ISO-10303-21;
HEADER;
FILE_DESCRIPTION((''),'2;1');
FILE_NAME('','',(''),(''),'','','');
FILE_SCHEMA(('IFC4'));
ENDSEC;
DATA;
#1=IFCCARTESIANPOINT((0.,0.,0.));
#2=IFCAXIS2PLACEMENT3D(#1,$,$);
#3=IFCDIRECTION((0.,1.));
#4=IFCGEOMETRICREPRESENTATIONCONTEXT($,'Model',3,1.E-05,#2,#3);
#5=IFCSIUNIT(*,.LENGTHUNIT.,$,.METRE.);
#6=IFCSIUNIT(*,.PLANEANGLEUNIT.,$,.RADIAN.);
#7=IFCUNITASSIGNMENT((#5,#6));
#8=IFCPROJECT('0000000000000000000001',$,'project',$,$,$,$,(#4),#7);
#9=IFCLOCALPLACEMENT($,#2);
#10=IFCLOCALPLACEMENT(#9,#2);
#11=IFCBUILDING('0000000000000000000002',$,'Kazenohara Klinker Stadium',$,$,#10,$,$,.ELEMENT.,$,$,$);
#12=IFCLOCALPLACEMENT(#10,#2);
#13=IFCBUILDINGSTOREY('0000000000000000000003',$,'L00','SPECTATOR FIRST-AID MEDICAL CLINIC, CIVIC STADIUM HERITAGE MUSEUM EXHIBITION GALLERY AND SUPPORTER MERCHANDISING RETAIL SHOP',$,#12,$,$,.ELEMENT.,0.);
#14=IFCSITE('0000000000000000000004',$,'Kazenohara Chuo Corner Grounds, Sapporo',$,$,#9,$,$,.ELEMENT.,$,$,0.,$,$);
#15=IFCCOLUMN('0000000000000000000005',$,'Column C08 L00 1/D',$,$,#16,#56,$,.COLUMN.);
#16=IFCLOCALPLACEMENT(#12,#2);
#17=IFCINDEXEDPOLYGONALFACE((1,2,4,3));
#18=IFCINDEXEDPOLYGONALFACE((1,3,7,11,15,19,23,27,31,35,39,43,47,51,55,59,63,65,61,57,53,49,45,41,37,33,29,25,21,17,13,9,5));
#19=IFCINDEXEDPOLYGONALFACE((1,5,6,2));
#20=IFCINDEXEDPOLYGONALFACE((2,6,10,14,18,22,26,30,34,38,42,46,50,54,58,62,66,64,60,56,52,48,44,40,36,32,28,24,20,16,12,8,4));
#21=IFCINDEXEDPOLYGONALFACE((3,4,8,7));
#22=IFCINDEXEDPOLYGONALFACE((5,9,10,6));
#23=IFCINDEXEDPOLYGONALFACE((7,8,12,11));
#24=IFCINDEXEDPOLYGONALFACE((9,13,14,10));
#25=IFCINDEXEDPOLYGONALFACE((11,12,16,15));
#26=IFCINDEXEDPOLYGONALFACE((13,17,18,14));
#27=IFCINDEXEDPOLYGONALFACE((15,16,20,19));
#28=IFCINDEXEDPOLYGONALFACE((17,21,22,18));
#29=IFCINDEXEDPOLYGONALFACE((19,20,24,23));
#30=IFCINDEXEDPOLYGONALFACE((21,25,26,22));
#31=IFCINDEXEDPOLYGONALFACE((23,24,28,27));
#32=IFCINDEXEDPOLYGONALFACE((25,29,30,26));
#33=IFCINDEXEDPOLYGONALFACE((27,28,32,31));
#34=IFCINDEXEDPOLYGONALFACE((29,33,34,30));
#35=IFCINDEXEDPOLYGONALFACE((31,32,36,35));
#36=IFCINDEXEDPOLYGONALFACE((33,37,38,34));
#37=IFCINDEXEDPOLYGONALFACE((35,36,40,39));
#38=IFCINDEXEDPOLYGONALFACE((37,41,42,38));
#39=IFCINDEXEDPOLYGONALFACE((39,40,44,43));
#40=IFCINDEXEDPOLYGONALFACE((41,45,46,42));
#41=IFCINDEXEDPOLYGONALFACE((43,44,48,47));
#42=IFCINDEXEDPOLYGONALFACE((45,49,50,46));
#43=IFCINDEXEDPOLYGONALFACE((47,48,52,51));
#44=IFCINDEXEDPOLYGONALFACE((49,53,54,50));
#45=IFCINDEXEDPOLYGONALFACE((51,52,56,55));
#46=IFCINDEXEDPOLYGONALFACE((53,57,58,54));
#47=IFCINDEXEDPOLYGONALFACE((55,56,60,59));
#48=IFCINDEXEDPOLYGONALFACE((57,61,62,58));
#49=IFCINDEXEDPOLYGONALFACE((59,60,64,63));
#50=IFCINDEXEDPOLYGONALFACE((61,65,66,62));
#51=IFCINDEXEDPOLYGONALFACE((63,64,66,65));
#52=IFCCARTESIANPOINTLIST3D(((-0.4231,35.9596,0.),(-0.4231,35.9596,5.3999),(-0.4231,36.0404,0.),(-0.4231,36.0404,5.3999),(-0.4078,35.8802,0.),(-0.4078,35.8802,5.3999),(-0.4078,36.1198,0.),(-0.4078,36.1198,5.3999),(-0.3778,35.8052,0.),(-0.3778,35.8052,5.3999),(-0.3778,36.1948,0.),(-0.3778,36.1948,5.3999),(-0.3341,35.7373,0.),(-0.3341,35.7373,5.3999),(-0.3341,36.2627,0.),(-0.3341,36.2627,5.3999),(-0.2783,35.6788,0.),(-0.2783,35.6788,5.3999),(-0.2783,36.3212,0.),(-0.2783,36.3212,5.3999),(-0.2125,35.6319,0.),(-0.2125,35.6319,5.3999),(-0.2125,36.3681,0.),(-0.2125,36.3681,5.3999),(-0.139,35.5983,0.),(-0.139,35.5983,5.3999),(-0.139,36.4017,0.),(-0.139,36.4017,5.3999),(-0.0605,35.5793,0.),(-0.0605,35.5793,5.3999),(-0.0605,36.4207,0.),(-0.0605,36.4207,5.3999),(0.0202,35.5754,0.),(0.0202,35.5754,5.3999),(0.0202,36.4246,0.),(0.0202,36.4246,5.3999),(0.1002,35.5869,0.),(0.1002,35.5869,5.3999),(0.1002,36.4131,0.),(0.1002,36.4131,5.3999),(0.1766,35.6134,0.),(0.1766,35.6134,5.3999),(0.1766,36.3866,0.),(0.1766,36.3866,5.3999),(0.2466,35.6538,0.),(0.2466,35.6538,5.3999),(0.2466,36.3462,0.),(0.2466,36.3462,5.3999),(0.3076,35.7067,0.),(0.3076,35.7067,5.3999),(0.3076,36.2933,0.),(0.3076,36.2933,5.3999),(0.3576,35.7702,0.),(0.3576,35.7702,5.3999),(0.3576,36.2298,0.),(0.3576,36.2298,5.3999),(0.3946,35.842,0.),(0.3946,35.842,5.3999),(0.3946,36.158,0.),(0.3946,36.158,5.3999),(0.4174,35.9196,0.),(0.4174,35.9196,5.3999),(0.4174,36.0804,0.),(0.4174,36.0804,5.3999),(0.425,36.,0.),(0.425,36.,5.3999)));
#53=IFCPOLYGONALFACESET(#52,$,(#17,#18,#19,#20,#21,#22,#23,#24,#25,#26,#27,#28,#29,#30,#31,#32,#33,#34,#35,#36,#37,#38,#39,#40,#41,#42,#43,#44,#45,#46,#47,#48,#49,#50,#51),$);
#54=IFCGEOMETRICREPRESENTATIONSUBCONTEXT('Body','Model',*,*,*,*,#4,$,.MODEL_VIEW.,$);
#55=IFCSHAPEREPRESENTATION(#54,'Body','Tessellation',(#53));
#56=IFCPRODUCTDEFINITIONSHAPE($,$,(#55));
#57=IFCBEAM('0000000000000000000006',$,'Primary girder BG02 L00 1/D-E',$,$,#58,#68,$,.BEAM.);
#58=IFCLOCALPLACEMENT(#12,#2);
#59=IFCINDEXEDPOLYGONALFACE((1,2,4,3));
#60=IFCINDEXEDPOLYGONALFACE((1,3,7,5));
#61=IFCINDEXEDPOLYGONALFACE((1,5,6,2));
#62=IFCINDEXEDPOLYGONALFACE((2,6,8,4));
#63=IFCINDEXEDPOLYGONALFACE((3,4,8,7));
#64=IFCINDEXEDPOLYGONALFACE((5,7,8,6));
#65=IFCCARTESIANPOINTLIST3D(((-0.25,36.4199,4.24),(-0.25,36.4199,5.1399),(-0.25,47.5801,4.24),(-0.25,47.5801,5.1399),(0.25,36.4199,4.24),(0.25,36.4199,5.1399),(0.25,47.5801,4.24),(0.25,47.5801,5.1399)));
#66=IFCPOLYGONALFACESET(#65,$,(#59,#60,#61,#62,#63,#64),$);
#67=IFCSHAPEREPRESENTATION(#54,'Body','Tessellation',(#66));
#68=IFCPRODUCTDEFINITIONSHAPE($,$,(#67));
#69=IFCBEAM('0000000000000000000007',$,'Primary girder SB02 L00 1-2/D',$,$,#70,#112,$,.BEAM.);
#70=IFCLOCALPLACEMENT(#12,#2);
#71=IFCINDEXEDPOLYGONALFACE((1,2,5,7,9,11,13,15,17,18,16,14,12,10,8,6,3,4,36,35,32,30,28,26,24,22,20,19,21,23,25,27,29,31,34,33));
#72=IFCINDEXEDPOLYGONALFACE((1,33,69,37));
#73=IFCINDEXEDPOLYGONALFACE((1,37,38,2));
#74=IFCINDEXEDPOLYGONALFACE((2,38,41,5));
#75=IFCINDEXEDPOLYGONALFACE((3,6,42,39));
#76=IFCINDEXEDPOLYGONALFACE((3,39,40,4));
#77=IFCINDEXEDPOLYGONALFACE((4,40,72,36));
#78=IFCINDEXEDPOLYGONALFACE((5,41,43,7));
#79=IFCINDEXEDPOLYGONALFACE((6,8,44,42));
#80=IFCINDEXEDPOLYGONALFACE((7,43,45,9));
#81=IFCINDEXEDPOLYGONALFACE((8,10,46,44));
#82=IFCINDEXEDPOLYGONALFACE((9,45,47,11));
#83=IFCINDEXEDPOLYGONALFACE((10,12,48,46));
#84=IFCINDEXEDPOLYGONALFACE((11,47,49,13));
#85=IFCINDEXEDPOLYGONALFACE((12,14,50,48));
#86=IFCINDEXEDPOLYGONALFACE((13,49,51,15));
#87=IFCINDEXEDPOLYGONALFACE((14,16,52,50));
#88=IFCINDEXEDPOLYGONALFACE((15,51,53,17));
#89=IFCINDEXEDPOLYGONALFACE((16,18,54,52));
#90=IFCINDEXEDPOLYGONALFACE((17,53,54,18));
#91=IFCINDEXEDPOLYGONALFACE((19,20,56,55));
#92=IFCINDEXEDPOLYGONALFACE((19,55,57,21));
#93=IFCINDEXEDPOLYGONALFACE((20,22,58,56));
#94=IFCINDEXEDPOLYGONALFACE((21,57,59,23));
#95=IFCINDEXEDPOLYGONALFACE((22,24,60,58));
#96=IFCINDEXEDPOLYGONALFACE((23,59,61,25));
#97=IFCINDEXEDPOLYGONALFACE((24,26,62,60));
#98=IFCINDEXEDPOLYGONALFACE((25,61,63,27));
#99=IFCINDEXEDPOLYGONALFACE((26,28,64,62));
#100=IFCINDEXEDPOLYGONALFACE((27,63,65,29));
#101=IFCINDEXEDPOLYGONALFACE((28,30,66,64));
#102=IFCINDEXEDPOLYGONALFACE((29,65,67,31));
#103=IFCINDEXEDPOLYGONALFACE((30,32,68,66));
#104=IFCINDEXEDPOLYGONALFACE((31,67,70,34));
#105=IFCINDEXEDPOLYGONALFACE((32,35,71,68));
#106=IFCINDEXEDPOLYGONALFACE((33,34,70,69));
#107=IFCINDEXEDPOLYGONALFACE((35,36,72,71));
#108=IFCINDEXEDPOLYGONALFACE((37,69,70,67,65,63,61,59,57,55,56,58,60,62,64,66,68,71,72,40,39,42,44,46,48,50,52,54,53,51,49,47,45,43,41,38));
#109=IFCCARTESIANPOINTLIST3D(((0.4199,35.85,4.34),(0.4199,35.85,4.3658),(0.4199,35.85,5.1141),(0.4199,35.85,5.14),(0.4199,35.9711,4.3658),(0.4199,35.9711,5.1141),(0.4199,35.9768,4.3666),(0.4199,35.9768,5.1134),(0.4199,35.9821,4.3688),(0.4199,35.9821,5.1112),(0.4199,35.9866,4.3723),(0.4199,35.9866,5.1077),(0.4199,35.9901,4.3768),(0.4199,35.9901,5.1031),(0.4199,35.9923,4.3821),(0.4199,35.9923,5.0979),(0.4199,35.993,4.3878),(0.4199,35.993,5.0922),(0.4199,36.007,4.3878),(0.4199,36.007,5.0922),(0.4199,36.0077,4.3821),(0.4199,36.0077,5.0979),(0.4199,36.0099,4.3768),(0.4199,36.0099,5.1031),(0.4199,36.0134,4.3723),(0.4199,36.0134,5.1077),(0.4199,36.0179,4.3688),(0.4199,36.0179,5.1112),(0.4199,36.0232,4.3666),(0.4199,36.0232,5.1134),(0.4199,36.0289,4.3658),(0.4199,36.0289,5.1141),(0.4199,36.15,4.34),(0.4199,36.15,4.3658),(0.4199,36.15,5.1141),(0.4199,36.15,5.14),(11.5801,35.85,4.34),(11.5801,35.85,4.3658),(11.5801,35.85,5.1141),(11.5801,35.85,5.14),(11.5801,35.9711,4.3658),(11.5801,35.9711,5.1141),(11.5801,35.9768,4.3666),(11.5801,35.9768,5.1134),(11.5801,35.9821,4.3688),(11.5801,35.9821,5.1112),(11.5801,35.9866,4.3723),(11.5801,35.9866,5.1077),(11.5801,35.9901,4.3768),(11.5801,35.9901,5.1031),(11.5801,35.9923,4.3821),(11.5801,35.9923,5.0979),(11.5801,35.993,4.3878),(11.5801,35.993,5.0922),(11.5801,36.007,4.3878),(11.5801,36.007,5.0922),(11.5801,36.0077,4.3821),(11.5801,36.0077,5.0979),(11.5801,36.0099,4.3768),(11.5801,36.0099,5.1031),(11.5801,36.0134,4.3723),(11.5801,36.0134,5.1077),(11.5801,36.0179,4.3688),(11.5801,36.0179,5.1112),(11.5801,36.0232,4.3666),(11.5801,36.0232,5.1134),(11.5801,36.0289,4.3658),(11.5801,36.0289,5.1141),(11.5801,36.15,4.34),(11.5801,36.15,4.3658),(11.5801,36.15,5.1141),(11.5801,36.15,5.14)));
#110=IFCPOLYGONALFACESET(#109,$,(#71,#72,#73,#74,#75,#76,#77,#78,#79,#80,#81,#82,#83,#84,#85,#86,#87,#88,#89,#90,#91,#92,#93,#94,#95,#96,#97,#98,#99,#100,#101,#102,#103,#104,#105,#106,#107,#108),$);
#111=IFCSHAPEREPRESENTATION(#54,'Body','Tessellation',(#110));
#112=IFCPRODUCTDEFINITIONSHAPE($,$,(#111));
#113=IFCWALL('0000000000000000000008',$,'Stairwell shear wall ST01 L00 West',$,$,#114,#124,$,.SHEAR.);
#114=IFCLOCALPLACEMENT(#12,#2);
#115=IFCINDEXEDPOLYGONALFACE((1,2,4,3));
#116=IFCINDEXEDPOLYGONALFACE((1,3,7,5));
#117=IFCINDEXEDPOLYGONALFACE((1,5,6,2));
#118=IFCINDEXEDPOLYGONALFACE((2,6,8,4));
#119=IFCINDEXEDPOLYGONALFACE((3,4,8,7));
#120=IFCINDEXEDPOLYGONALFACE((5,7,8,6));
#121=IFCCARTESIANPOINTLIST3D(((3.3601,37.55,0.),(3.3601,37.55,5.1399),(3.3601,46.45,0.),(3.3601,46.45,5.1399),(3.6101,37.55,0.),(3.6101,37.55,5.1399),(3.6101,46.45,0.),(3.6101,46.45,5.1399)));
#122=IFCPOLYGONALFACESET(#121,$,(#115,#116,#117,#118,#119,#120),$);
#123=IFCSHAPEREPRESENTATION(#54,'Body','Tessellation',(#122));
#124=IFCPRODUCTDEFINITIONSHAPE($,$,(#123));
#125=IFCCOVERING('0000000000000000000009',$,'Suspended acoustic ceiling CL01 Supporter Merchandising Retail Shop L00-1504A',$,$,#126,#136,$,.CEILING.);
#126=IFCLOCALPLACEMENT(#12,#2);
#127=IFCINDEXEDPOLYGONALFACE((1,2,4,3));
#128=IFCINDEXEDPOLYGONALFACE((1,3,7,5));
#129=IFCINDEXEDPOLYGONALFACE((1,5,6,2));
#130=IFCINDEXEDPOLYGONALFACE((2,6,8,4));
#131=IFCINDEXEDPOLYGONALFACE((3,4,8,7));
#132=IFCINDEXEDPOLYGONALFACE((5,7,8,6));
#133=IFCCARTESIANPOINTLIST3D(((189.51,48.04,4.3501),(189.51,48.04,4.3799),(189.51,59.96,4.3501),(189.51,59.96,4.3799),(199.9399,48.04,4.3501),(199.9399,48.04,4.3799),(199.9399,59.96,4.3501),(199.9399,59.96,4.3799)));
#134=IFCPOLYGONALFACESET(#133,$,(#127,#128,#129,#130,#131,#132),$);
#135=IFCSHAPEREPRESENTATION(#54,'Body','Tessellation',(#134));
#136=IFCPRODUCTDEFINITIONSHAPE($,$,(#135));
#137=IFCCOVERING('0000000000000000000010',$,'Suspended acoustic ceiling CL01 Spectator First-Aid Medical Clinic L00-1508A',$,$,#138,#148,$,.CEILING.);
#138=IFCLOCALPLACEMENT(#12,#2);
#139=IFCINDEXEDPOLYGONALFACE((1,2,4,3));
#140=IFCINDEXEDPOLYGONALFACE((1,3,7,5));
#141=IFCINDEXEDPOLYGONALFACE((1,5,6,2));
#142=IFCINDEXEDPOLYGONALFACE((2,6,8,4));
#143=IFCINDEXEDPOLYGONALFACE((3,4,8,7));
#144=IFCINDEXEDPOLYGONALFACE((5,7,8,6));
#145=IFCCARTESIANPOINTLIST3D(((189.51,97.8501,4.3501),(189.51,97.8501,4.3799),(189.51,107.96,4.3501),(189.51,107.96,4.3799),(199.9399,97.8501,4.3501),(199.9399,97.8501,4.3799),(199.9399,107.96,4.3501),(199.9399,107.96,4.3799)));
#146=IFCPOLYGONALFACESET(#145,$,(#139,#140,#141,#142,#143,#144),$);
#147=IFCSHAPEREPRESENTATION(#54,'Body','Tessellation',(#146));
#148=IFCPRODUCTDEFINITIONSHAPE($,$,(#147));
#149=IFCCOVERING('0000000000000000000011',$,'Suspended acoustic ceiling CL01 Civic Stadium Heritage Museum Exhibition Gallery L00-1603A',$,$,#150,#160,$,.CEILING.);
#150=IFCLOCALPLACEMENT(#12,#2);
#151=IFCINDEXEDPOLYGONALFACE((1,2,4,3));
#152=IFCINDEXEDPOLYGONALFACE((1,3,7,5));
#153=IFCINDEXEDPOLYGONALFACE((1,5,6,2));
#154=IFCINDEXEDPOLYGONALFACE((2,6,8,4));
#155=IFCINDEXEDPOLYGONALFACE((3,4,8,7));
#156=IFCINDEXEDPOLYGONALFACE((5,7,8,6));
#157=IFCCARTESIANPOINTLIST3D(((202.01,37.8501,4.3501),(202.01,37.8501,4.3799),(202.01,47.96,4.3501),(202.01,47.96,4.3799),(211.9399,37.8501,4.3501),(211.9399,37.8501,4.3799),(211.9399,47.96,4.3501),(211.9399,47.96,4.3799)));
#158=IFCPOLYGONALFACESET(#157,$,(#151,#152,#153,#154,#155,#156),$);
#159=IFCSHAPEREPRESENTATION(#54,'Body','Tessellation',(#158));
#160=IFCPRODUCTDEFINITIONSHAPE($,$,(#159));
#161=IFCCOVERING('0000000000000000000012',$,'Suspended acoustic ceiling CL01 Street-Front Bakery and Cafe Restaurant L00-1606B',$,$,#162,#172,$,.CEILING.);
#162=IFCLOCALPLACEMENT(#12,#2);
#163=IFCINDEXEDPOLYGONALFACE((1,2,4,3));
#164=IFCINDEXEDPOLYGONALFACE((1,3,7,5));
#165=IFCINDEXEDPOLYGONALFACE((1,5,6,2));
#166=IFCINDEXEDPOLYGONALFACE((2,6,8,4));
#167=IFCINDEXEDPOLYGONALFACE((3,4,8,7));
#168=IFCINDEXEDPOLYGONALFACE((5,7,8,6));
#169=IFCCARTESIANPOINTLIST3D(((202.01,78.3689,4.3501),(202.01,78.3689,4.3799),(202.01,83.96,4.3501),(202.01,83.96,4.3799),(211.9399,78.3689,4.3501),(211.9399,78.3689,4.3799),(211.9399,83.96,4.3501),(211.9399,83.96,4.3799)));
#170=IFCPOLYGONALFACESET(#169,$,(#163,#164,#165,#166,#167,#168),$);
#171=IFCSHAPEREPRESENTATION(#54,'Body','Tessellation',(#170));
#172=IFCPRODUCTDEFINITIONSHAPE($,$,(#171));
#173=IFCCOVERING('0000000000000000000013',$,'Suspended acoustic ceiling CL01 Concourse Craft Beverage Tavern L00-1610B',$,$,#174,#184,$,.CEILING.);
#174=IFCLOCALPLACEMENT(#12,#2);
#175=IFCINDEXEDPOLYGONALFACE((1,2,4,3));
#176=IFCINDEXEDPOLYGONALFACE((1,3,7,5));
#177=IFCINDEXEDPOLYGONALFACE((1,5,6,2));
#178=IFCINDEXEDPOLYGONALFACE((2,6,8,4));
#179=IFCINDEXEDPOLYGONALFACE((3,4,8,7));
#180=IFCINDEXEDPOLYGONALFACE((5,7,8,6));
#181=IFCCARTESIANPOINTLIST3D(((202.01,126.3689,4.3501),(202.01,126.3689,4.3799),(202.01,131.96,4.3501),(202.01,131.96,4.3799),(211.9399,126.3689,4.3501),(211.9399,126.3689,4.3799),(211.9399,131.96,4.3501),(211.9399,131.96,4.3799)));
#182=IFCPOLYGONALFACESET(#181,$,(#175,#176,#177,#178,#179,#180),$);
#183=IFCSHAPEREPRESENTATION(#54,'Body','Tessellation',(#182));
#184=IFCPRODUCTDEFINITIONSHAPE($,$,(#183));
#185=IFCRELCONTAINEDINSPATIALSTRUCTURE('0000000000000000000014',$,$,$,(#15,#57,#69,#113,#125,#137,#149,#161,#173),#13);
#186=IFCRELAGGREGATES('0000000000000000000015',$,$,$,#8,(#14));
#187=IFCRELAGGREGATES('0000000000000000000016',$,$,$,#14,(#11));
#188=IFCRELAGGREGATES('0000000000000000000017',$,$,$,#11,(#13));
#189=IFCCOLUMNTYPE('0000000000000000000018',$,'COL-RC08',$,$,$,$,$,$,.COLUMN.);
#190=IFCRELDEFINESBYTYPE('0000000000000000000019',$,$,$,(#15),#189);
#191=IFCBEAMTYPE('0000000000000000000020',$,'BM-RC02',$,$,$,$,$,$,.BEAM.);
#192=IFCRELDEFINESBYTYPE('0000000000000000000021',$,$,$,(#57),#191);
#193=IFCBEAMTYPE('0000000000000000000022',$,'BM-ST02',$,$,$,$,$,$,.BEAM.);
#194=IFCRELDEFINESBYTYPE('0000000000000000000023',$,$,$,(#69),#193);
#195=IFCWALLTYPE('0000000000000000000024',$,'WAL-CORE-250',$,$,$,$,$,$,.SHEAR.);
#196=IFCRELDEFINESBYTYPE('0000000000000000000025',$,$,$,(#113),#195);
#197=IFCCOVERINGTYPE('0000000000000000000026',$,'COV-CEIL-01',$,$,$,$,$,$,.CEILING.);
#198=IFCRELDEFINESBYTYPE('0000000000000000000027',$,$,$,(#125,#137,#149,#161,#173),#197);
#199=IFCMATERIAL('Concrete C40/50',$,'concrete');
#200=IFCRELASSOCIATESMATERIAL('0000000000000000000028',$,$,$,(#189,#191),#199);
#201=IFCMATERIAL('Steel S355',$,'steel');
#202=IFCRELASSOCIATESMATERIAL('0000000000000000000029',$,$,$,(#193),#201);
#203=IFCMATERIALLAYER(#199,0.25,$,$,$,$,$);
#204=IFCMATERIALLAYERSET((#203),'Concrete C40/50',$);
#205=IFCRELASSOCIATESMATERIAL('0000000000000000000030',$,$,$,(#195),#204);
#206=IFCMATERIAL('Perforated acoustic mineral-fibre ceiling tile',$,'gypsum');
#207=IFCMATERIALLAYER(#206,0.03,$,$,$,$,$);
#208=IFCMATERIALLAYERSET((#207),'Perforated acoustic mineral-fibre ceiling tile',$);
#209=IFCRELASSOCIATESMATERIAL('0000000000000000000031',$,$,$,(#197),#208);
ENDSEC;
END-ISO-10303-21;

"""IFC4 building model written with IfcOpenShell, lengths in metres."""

from ifc_helpers import new_model, si_unit, direction, frame, frame_2d, origin, origin_2d, place, context, subcontext, project, spatial, polyline, rectangle, circle, i_section, outline, extrude, material, layer, layer_set, material_profile, profile_set, type_object, element, save


model = new_model("IFC4")

# Units and contexts
model_context = context("Model", 3, precision=1e-05, world=origin(), true_north=direction((0.0, 1.0)))
body_context = subcontext(model_context, "Body", "Model", "MODEL_VIEW")
ifc_project = project(units=[si_unit("LENGTHUNIT", "METRE"), si_unit("PLANEANGLEUNIT", "RADIAN")], contexts=[model_context])

# Site, building, storey
site_placement = place(None, origin())
site = spatial("IfcSite", under=ifc_project, at=site_placement, Name="Kazenohara Chuo Corner Grounds, Sapporo", CompositionType="ELEMENT", RefElevation=0.0)
building_placement = place(site_placement, origin())
building = spatial("IfcBuilding", under=site, at=building_placement, Name="Kazenohara Klinker Stadium", CompositionType="ELEMENT")
storey_placement = place(building_placement, origin())
storey = spatial("IfcBuildingStorey", under=building, at=storey_placement, Name="L00", Description="SPECTATOR FIRST-AID MEDICAL CLINIC, CIVIC STADIUM HERITAGE MUSEUM EXHIBITION GALLERY AND SUPPORTER MERCHANDISING RETAIL SHOP", CompositionType="ELEMENT", Elevation=0.0)

# Column
ifc_material_1 = material(Name="Concrete C40/50", Category="concrete")
ifc_material_profile_1 = material_profile(ifc_material_1, circle(Radius=0.425, at=origin_2d()), Name="RC-COL-D850")
ifc_profile_set_1 = profile_set([ifc_material_profile_1], Name="Concrete C40/50")
column_type = type_object("IfcColumnType", Name="COL-RC08", PredefinedType="COLUMN", material=ifc_profile_set_1)
column_placement = place(storey_placement, frame((0.0, 36.0, 0.0), z_axis=(0.0, 0.0, 1.0), x_axis=(1.0, 0.0, 0.0)))
element("IfcColumn", 1, at=column_placement, inside=storey, type_object=column_type, Name="Column C08 L00 1/D", PredefinedType="COLUMN", context=body_context, shape_type="SweptSolid", body=[
    extrude(circle(Radius=0.425, at=origin_2d()), origin(), (0.0, 0.0, 1.0), 5.3999),
])

# Beams
ifc_material_profile_2 = material_profile(ifc_material_1, rectangle(XDim=0.5, YDim=0.8999, at=origin_2d()), Name="RC-BM-500x900")
ifc_profile_set_2 = profile_set([ifc_material_profile_2], Name="Concrete C40/50")
beam_type_1 = type_object("IfcBeamType", Name="BM-RC02", PredefinedType="BEAM", material=ifc_profile_set_2)
beam_1_placement = place(storey_placement, frame((0.0, 36.4199, 4.6899), z_axis=(0.0, 1.0, 0.0), x_axis=(-1.0, 0.0, 0.0)))
element("IfcBeam", 2, at=beam_1_placement, inside=storey, type_object=beam_type_1, Name="Primary girder BG02 L00 1/D-E", PredefinedType="BEAM", context=body_context, shape_type="SweptSolid", body=[
    extrude(rectangle(XDim=0.5, YDim=0.8999, at=origin_2d()), origin(), (0.0, 0.0, 1.0), 11.1602),
])
ifc_material_2 = material(Name="Steel S355", Category="steel")
ifc_material_profile_3 = material_profile(ifc_material_2, i_section(OverallWidth=0.3, OverallDepth=0.8, WebThickness=0.0139, FlangeThickness=0.0259, FilletRadius=0.022, at=origin_2d()), Name="H-800x300x14x26")
ifc_profile_set_3 = profile_set([ifc_material_profile_3], Name="Steel S355")
beam_type_2 = type_object("IfcBeamType", Name="BM-ST02", PredefinedType="BEAM", material=ifc_profile_set_3)
beam_2_placement = place(storey_placement, frame((0.4199, 36.0, 4.74), z_axis=(1.0, 0.0, 0.0), x_axis=(0.0, 1.0, 0.0)))
element("IfcBeam", 3, at=beam_2_placement, inside=storey, type_object=beam_type_2, Name="Primary girder SB02 L00 1-2/D", PredefinedType="BEAM", context=body_context, shape_type="SweptSolid", body=[
    extrude(i_section(OverallWidth=0.3, OverallDepth=0.8, WebThickness=0.0139, FlangeThickness=0.0259, FilletRadius=0.022, at=origin_2d()), origin(), (0.0, 0.0, 1.0), 11.1602),
])

# Shared definitions
ifc_layer_1 = layer(ifc_material_1, 0.25)
ifc_layer_set_1 = layer_set([ifc_layer_1], Name="Concrete C40/50")
wall_type_1 = type_object("IfcWallType", Name="WAL-CORE-250", PredefinedType="SHEAR", material=ifc_layer_set_1)

# Wall
wall_1_placement = place(storey_placement, frame((3.4851, 37.55, 0.0), z_axis=(0.0, 0.0, 1.0), x_axis=(0.0, 1.0, 0.0)))
element("IfcWall", 4, at=wall_1_placement, inside=storey, type_object=wall_type_1, Name="Stairwell shear wall ST01 L00 West", PredefinedType="SHEAR", context=body_context, shape_type="SweptSolid", body=[
    extrude(rectangle(XDim=8.8999, YDim=0.25, at=frame_2d((4.45, 0.0))), origin(), (0.0, 0.0, 1.0), 5.1399),
])

# Coverings
ifc_material_3 = material(Name="Perforated acoustic mineral-fibre ceiling tile", Category="gypsum")
ifc_layer_2 = layer(ifc_material_3, 0.03)
ifc_layer_set_2 = layer_set([ifc_layer_2], Name="Perforated acoustic mineral-fibre ceiling tile")
covering_type_1 = type_object("IfcCoveringType", Name="COV-CEIL-01", PredefinedType="CEILING", material=ifc_layer_set_2)
covering_1_placement = place(storey_placement, frame((0.0, 0.0, 4.3501)))
element("IfcCovering", 5, at=covering_1_placement, inside=storey, type_object=covering_type_1, Name="Suspended acoustic ceiling CL01 Supporter Merchandising Retail Shop L00-1504A", PredefinedType="CEILING", context=body_context, shape_type="SweptSolid", body=[
    extrude(outline(polyline([(189.51, 48.04), (199.9399, 48.04), (199.9399, 59.96), (189.51, 59.96), (189.51, 48.04)])), origin(), (0.0, 0.0, 1.0), 0.0298),
])
covering_2_placement = place(storey_placement, frame((0.0, 0.0, 4.3501)))
element("IfcCovering", 6, at=covering_2_placement, inside=storey, type_object=covering_type_1, Name="Suspended acoustic ceiling CL01 Spectator First-Aid Medical Clinic L00-1508A", PredefinedType="CEILING", context=body_context, shape_type="SweptSolid", body=[
    extrude(outline(polyline([(189.51, 97.8501), (199.9399, 97.8501), (199.9399, 107.96), (189.51, 107.96), (189.51, 97.8501)])), origin(), (0.0, 0.0, 1.0), 0.0298),
])
covering_3_placement = place(storey_placement, frame((0.0, 0.0, 4.3501)))
element("IfcCovering", 7, at=covering_3_placement, inside=storey, type_object=covering_type_1, Name="Suspended acoustic ceiling CL01 Civic Stadium Heritage Museum Exhibition Gallery L00-1603A", PredefinedType="CEILING", context=body_context, shape_type="SweptSolid", body=[
    extrude(outline(polyline([(202.01, 37.8501), (211.9399, 37.8501), (211.9399, 47.96), (202.01, 47.96), (202.01, 37.8501)])), origin(), (0.0, 0.0, 1.0), 0.0298),
])
covering_4_placement = place(storey_placement, frame((0.0, 0.0, 4.3501)))
element("IfcCovering", 8, at=covering_4_placement, inside=storey, type_object=covering_type_1, Name="Suspended acoustic ceiling CL01 Street-Front Bakery and Cafe Restaurant L00-1606B", PredefinedType="CEILING", context=body_context, shape_type="SweptSolid", body=[
    extrude(outline(polyline([(202.01, 78.3689), (211.9399, 78.3689), (211.9399, 83.96), (202.01, 83.96), (202.01, 78.3689)])), origin(), (0.0, 0.0, 1.0), 0.0298),
])
covering_5_placement = place(storey_placement, frame((0.0, 0.0, 4.3501)))
element("IfcCovering", 9, at=covering_5_placement, inside=storey, type_object=covering_type_1, Name="Suspended acoustic ceiling CL01 Concourse Craft Beverage Tavern L00-1610B", PredefinedType="CEILING", context=body_context, shape_type="SweptSolid", body=[
    extrude(outline(polyline([(202.01, 126.3689), (211.9399, 126.3689), (211.9399, 131.96), (202.01, 131.96), (202.01, 126.3689)])), origin(), (0.0, 0.0, 1.0), 0.0298),
])

save(model, "model.ifc")
